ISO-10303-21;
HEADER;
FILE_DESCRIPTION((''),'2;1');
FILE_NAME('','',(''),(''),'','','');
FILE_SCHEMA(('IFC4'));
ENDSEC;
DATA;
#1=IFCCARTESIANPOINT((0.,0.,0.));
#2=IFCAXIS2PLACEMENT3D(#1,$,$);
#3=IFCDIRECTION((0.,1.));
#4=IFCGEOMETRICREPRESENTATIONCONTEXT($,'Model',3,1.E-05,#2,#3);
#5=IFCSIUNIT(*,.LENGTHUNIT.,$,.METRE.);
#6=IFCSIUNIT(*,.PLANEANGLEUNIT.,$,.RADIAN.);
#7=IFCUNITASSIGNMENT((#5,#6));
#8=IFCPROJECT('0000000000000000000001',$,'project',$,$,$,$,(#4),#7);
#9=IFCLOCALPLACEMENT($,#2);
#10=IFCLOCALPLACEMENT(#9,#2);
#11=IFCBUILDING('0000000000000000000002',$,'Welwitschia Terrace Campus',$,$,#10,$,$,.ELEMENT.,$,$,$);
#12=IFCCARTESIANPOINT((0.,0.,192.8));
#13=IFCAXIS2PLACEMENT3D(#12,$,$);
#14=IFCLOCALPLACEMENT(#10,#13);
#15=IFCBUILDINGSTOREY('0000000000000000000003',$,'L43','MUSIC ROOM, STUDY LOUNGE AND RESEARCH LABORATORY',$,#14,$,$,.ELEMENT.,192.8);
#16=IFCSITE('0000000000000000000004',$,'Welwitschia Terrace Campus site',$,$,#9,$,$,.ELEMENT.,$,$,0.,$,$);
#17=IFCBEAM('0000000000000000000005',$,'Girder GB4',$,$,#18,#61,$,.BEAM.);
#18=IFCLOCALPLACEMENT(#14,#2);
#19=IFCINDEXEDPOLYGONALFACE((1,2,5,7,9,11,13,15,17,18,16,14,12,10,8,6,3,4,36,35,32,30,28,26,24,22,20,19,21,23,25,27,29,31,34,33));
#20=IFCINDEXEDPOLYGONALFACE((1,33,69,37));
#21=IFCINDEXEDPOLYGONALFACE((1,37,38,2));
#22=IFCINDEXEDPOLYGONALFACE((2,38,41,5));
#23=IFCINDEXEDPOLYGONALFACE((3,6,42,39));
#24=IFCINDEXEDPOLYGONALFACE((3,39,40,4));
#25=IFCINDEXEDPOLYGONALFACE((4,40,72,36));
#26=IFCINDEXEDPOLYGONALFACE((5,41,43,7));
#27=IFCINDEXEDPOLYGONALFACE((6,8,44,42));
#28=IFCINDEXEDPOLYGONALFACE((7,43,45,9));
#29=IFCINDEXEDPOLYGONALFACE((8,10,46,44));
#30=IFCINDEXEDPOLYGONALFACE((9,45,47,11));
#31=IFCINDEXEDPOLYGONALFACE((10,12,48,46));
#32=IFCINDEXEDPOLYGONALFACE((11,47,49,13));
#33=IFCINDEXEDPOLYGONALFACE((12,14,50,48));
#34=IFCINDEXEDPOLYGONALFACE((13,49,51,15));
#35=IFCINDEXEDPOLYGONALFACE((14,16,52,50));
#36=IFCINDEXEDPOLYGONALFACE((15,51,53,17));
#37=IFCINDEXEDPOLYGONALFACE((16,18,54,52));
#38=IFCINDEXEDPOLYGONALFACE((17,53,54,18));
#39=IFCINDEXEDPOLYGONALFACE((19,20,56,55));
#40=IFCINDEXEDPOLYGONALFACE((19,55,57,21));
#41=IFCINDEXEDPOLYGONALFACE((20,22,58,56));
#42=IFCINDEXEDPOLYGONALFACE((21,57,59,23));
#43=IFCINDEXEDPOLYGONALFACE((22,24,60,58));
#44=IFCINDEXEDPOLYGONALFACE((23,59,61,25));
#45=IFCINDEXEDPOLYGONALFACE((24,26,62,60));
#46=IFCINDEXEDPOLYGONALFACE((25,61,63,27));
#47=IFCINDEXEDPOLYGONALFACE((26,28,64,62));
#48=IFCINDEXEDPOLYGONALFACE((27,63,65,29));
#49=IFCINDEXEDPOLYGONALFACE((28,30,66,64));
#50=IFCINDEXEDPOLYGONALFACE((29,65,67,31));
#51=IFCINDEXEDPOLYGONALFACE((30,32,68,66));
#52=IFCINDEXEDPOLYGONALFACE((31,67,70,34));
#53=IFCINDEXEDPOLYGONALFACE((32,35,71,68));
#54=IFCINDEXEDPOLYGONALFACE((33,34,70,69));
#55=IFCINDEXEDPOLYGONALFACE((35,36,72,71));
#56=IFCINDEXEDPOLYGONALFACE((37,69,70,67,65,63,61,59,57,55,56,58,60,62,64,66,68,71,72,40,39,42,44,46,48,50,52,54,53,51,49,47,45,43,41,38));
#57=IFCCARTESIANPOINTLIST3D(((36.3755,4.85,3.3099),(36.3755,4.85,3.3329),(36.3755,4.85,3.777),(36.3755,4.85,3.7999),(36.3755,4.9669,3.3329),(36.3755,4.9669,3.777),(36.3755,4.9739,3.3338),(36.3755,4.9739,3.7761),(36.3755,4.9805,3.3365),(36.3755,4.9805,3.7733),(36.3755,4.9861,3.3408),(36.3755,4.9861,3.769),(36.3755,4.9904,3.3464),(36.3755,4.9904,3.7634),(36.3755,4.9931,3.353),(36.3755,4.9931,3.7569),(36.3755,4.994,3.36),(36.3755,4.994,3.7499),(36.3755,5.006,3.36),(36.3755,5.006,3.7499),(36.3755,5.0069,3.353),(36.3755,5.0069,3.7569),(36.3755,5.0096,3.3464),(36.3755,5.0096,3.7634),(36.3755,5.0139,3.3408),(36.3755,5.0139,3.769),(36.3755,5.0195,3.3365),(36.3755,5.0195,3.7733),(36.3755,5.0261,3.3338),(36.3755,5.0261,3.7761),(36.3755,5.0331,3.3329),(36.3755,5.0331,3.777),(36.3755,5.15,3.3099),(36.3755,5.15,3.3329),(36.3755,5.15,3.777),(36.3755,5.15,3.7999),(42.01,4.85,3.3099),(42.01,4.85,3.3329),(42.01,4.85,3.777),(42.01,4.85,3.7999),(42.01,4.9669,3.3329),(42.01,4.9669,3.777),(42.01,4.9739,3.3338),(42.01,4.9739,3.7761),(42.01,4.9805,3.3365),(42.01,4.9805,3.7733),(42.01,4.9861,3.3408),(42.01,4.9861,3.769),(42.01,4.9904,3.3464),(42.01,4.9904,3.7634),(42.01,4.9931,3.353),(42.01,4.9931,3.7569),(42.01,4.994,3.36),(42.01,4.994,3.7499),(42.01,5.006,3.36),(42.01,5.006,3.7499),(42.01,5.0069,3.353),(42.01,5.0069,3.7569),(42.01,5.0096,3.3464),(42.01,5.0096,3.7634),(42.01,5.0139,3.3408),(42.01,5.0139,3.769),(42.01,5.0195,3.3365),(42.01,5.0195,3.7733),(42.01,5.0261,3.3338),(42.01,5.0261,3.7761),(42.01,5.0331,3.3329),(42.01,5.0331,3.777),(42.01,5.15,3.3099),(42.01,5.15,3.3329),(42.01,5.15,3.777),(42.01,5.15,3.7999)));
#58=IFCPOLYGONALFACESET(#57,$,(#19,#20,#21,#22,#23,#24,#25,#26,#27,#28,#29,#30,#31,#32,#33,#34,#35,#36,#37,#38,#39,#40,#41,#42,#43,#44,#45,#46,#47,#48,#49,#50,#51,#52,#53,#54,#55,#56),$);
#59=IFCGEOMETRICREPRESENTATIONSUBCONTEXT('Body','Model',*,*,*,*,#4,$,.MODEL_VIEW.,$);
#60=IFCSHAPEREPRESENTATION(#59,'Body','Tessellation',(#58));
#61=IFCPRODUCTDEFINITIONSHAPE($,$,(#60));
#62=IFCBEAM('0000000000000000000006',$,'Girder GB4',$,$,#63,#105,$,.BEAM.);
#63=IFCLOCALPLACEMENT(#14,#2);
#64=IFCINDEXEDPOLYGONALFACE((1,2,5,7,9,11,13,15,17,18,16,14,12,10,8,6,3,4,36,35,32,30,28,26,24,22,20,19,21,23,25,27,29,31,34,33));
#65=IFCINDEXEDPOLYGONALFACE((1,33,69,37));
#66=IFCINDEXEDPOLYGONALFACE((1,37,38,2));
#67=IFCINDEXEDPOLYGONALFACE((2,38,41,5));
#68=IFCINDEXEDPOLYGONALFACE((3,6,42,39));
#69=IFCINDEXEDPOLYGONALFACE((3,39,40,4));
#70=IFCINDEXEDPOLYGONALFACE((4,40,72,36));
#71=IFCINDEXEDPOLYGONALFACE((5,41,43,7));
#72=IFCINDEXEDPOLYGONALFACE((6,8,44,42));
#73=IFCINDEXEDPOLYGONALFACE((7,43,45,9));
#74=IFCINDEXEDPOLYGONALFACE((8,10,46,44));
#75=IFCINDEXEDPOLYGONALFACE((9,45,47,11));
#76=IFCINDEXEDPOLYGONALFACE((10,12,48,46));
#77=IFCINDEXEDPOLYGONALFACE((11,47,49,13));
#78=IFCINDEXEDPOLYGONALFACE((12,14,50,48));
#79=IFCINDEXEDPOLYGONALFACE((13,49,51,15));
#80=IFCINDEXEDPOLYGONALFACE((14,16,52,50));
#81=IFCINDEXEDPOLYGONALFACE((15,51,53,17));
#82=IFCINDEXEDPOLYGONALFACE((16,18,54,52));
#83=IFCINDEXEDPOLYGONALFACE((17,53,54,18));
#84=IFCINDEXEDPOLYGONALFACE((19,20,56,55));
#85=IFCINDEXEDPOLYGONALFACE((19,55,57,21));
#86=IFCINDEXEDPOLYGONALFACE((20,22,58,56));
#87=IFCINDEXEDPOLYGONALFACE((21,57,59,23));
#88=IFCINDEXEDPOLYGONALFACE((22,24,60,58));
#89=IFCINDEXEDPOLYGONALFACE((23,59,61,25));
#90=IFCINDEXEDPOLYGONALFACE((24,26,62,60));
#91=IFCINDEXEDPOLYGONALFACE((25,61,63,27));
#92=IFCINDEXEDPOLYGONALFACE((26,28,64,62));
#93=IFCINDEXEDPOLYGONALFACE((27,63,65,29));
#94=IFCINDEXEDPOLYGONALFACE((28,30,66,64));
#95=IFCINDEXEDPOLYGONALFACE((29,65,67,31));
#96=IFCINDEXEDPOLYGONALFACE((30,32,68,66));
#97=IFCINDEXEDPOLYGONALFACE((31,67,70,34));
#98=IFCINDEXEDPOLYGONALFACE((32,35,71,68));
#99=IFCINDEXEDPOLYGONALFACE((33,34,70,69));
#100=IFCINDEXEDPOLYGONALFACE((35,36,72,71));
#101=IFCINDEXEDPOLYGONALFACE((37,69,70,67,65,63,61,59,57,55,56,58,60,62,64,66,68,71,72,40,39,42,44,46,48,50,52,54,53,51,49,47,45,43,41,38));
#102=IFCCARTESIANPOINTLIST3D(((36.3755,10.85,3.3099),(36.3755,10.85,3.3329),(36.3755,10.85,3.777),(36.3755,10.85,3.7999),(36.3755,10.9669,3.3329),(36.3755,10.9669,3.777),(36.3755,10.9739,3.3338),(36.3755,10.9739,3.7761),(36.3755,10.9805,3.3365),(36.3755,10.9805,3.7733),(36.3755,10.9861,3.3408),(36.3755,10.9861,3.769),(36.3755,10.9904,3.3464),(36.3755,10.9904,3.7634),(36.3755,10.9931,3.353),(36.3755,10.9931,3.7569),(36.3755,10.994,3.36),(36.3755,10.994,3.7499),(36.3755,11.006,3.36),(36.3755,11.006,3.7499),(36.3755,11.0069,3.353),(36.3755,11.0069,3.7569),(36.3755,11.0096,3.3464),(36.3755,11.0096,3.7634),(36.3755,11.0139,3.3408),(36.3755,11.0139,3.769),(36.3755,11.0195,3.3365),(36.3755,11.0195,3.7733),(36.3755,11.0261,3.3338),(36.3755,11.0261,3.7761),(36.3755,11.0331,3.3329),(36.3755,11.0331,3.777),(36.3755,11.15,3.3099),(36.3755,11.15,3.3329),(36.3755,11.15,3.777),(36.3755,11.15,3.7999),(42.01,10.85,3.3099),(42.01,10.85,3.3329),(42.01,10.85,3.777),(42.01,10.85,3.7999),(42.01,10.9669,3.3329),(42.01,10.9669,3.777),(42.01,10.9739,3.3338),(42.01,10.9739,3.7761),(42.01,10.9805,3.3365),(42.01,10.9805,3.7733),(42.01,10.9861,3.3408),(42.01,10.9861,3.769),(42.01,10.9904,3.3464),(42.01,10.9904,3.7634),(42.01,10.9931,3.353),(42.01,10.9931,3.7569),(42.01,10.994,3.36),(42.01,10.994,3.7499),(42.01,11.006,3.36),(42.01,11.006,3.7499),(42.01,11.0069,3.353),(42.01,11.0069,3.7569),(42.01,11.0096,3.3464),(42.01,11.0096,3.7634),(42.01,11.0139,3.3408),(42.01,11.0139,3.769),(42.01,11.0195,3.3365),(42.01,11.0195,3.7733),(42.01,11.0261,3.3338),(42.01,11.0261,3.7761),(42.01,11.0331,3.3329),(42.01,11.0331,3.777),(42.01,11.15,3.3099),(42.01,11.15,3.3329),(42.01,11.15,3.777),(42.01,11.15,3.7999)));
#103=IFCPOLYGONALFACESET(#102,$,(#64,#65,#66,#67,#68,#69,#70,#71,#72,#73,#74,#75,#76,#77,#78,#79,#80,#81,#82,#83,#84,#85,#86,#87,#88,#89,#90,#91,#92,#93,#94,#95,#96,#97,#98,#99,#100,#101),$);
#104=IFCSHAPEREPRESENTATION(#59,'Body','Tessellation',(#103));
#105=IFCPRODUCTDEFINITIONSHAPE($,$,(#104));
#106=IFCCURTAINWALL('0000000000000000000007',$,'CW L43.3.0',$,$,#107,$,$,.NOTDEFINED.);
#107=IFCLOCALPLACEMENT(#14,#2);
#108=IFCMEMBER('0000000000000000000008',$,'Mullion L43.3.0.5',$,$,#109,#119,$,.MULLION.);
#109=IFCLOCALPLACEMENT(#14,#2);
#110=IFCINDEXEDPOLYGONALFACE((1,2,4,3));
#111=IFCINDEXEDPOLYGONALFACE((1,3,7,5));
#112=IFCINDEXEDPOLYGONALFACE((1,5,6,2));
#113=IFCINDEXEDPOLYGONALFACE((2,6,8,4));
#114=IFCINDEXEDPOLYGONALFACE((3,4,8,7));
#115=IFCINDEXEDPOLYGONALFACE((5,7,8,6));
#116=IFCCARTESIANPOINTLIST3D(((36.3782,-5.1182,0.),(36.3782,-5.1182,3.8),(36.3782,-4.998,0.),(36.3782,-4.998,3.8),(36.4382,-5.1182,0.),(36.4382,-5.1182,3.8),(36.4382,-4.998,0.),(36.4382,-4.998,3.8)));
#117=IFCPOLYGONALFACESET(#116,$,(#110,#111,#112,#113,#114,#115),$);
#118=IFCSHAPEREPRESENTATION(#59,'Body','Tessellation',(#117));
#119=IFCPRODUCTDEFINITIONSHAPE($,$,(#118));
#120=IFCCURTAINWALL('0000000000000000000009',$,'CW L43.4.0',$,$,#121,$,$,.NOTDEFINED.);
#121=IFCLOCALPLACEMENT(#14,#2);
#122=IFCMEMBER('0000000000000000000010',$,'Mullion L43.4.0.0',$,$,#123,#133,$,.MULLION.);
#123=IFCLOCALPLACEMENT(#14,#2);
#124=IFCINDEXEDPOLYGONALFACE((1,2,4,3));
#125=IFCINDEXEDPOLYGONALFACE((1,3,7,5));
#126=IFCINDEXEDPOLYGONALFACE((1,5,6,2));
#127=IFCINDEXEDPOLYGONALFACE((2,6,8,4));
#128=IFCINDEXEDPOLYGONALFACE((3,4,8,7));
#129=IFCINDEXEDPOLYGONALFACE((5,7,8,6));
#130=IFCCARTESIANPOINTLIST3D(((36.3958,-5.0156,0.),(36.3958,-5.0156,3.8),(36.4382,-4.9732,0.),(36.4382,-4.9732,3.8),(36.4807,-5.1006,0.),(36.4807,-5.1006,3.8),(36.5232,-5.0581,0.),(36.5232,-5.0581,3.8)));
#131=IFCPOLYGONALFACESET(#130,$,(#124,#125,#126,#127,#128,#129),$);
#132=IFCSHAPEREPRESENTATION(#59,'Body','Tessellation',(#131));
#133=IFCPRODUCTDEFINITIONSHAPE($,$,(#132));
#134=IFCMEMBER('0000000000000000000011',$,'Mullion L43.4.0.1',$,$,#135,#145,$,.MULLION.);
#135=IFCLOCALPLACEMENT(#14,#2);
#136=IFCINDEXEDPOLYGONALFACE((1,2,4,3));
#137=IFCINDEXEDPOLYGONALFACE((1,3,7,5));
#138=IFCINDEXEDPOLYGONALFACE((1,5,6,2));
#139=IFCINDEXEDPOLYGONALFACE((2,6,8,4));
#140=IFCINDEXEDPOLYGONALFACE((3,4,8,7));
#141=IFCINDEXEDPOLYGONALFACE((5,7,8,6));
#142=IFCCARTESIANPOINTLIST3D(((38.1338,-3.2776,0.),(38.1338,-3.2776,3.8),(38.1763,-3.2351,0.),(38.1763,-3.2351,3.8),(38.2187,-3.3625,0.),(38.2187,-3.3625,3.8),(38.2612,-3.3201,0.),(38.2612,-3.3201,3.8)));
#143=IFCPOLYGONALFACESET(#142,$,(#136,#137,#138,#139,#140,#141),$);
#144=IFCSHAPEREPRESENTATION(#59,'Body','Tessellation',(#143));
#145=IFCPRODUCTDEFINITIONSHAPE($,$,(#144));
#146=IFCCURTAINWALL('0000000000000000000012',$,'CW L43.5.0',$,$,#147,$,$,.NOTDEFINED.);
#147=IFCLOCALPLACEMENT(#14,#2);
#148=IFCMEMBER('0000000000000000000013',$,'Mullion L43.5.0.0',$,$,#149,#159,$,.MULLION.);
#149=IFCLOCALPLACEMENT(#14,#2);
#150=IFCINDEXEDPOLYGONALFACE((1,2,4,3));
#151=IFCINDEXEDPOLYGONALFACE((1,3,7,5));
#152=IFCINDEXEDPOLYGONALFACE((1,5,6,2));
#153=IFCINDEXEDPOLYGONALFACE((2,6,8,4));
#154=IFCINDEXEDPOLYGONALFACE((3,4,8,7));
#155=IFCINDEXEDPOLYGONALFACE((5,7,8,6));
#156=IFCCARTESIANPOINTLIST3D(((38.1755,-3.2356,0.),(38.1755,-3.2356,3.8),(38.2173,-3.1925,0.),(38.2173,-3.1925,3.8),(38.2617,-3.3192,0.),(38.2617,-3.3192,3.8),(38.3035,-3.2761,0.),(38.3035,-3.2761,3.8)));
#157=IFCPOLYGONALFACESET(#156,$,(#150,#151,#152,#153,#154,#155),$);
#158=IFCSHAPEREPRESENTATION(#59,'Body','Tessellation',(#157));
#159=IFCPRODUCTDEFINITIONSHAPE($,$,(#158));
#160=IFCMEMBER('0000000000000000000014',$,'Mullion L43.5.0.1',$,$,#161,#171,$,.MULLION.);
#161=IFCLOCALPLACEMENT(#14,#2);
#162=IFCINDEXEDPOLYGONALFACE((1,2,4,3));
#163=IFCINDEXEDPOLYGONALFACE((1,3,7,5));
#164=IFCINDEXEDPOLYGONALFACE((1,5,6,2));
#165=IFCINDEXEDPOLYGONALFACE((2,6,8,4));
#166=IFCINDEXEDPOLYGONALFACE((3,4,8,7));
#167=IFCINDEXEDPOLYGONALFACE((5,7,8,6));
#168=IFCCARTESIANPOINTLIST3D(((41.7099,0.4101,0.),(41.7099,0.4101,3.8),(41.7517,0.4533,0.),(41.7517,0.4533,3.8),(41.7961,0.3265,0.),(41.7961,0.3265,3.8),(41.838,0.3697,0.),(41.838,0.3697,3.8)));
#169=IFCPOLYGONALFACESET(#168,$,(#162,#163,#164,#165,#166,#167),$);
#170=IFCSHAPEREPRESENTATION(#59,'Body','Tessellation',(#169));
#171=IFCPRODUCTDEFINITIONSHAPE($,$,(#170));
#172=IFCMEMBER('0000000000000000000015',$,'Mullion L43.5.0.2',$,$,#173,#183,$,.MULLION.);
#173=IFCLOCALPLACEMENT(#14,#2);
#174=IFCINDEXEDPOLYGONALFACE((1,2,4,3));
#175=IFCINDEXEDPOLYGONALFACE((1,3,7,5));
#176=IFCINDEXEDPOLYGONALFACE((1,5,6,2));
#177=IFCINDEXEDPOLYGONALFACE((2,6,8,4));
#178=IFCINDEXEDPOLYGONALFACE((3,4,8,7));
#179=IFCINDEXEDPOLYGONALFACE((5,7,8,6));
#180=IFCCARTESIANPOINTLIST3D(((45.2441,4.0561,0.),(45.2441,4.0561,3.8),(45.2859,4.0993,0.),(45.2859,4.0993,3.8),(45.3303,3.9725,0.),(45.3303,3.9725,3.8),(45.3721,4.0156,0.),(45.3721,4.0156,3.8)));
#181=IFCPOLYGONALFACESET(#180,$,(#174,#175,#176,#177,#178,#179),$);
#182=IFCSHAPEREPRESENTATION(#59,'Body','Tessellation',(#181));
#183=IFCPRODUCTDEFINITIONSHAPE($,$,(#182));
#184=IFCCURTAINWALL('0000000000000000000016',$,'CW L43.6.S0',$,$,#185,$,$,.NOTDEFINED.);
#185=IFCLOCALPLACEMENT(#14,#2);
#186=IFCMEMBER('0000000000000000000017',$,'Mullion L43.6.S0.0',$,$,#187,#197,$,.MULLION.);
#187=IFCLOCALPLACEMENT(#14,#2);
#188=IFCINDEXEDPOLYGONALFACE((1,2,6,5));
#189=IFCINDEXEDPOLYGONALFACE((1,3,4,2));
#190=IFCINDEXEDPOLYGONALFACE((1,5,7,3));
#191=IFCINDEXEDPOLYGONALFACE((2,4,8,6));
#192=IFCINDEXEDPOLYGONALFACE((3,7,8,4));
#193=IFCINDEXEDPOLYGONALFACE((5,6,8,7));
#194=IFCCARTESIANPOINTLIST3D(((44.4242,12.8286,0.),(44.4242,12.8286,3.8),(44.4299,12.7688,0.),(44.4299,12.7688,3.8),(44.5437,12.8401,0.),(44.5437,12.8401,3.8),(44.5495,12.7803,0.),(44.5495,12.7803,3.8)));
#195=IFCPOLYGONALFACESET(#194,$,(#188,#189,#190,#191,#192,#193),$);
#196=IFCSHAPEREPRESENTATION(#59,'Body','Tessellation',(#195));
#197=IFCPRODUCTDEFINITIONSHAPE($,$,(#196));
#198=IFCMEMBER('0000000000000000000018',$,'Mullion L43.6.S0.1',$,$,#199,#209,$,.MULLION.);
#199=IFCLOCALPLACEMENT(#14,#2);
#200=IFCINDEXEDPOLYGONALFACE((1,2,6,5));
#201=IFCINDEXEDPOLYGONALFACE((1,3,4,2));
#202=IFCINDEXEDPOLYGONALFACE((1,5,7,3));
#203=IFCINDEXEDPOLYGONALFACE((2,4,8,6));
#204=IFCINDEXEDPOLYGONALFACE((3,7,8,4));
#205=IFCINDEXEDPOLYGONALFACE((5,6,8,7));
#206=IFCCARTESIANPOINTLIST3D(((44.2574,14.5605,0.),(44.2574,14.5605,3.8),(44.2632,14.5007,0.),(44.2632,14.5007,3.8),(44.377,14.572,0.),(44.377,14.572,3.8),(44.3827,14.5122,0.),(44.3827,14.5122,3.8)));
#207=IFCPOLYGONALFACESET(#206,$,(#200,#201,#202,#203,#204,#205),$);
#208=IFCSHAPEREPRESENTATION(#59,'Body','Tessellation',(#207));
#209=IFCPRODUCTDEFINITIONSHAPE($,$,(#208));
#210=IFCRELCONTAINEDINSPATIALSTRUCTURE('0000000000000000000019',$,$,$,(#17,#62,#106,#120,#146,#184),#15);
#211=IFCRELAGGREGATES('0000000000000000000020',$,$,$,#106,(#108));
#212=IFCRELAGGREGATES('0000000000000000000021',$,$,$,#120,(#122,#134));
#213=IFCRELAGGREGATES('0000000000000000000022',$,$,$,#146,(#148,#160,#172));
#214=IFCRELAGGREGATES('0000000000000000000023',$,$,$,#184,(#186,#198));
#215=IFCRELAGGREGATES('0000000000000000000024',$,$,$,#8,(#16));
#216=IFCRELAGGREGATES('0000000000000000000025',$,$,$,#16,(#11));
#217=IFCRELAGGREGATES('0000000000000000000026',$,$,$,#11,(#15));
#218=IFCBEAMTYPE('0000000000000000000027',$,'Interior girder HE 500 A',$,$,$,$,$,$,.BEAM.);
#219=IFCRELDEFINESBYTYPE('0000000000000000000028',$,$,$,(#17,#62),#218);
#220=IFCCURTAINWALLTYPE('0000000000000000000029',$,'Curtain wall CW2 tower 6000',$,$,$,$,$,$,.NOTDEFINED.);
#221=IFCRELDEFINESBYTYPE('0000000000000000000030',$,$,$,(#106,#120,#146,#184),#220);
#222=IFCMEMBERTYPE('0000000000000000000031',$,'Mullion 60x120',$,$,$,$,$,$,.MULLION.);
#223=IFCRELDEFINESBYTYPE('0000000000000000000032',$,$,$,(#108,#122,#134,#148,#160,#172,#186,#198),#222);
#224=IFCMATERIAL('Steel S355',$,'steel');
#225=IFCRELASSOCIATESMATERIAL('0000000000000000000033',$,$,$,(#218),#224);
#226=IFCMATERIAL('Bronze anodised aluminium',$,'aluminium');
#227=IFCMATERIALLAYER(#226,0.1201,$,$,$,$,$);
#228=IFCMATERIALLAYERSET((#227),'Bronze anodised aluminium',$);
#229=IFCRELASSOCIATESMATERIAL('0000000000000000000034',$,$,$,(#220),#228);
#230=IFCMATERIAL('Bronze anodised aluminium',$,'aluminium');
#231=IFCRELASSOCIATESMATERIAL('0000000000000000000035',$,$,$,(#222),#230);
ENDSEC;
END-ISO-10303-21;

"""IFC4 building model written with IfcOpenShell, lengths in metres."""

from ifc_helpers import new_model, si_unit, direction, frame, origin, origin_2d, place, context, subcontext, project, spatial, rectangle, i_section, extrude, material, layer, layer_set, material_profile, profile_set, type_object, element, aggregate, save


model = new_model("IFC4")

# Units and contexts
model_context = context("Model", 3, precision=1e-05, world=origin(), true_north=direction((0.0, 1.0)))
body_context = subcontext(model_context, "Body", "Model", "MODEL_VIEW")
ifc_project = project(units=[si_unit("LENGTHUNIT", "METRE"), si_unit("PLANEANGLEUNIT", "RADIAN")], contexts=[model_context])

# Site, building, storey
site_placement = place(None, origin())
site = spatial("IfcSite", under=ifc_project, at=site_placement, Name="Welwitschia Terrace Campus site", CompositionType="ELEMENT", RefElevation=0.0)
building_placement = place(site_placement, origin())
building = spatial("IfcBuilding", under=site, at=building_placement, Name="Welwitschia Terrace Campus", CompositionType="ELEMENT")
storey_placement = place(building_placement, frame((0.0, 0.0, 192.8)))
storey = spatial("IfcBuildingStorey", under=building, at=storey_placement, Name="L43", Description="MUSIC ROOM, STUDY LOUNGE AND RESEARCH LABORATORY", CompositionType="ELEMENT", Elevation=192.8)

# Beams
ifc_material_1 = material(Name="Steel S355", Category="steel")
ifc_material_profile_1 = material_profile(ifc_material_1, i_section(OverallWidth=0.3, OverallDepth=0.49, WebThickness=0.012, FlangeThickness=0.0229, FilletRadius=0.0271, at=origin_2d()))
ifc_profile_set_1 = profile_set([ifc_material_profile_1], Name="Steel S355")
beam_type_1 = type_object("IfcBeamType", Name="Interior girder HE 500 A", PredefinedType="BEAM", material=ifc_profile_set_1)
for number, where, z_axis, x_axis, name in (
    (1, (36.3755, 5.0, 3.5549), (1.0, 0.0, 0.0), (0.0, 1.0, 0.0), "Girder GB4"),
    (2, (36.3755, 11.0, 3.5549), (1.0, 0.0, 0.0), (0.0, 1.0, 0.0), "Girder GB4"),
):
    element("IfcBeam", number, at=place(storey_placement, frame(where, z_axis=z_axis, x_axis=x_axis)), inside=storey, type_object=beam_type_1, Name=name, PredefinedType="BEAM", context=body_context, shape_type="SweptSolid", body=[
        extrude(i_section(OverallWidth=0.3, OverallDepth=0.49, WebThickness=0.012, FlangeThickness=0.0229, FilletRadius=0.0271, at=origin_2d()), origin(), (0.0, 0.0, 1.0), 5.6345),
    ])

# Curtain wall, member
ifc_material_2 = material(Name="Bronze anodised aluminium", Category="aluminium")
ifc_layer_1 = layer(ifc_material_2, 0.1201)
ifc_layer_set_1 = layer_set([ifc_layer_1], Name="Bronze anodised aluminium")
curtain_wall_type = type_object("IfcCurtainWallType", Name="Curtain wall CW2 tower 6000", PredefinedType="NOTDEFINED", material=ifc_layer_set_1)
curtain_wall_1_placement = place(storey_placement, origin())
curtain_wall_1 = element("IfcCurtainWall", 3, at=curtain_wall_1_placement, inside=storey, type_object=curtain_wall_type, Name="CW L43.3.0", PredefinedType="NOTDEFINED")
ifc_material_3 = material(Name="Bronze anodised aluminium", Category="aluminium")
ifc_material_profile_2 = material_profile(ifc_material_3, rectangle(XDim=0.1201, YDim=0.0601, at=origin_2d()))
ifc_profile_set_2 = profile_set([ifc_material_profile_2], Name="Bronze anodised aluminium")
member_type_1 = type_object("IfcMemberType", Name="Mullion 60x120", PredefinedType="MULLION", material=ifc_profile_set_2)
member_1_placement = place(storey_placement, frame((36.4082, -5.0581, 0.0), z_axis=(0.0, 0.0, 1.0), x_axis=(0.0, 1.0, 0.0)))
member_1 = element("IfcMember", 4, at=member_1_placement, type_object=member_type_1, Name="Mullion L43.3.0.5", PredefinedType="MULLION", context=body_context, shape_type="SweptSolid", body=[
    extrude(rectangle(XDim=0.1201, YDim=0.0601, at=origin_2d()), origin(), (0.0, 0.0, 1.0), 3.8),
])
aggregate(curtain_wall_1, [member_1])

# Curtain walls, members
curtain_wall_2_placement = place(storey_placement, origin())
curtain_wall_2 = element("IfcCurtainWall", 5, at=curtain_wall_2_placement, inside=storey, type_object=curtain_wall_type, Name="CW L43.4.0", PredefinedType="NOTDEFINED")
member_2_placement = place(storey_placement, frame((36.4595, -5.0369, 0.0), z_axis=(0.0, 0.0, 1.0), x_axis=(-0.707107, 0.707107, 0.0)))
member_2 = element("IfcMember", 6, at=member_2_placement, type_object=member_type_1, Name="Mullion L43.4.0.0", PredefinedType="MULLION", context=body_context, shape_type="SweptSolid", body=[
    extrude(rectangle(XDim=0.1201, YDim=0.0601, at=origin_2d()), origin(), (0.0, 0.0, 1.0), 3.8),
])
member_3_placement = place(storey_placement, frame((38.1975, -3.2988, 0.0), z_axis=(0.0, 0.0, 1.0), x_axis=(-0.707107, 0.707107, 0.0)))
member_3 = element("IfcMember", 7, at=member_3_placement, type_object=member_type_1, Name="Mullion L43.4.0.1", PredefinedType="MULLION", context=body_context, shape_type="SweptSolid", body=[
    extrude(rectangle(XDim=0.1201, YDim=0.0601, at=origin_2d()), origin(), (0.0, 0.0, 1.0), 3.8),
])
curtain_wall_3_placement = place(storey_placement, origin())
curtain_wall_3 = element("IfcCurtainWall", 8, at=curtain_wall_3_placement, inside=storey, type_object=curtain_wall_type, Name="CW L43.5.0", PredefinedType="NOTDEFINED")
member_4_placement = place(storey_placement, frame((38.2395, -3.2559, 0.0), z_axis=(0.0, 0.0, 1.0), x_axis=(-0.718023, 0.696019, 0.0)))
member_4 = element("IfcMember", 9, at=member_4_placement, type_object=member_type_1, Name="Mullion L43.5.0.0", PredefinedType="MULLION", context=body_context, shape_type="SweptSolid", body=[
    extrude(rectangle(XDim=0.1201, YDim=0.0601, at=origin_2d()), origin(), (0.0, 0.0, 1.0), 3.8),
])
member_5_placement = place(storey_placement, frame((41.7739, 0.3899, 0.0), z_axis=(0.0, 0.0, 1.0), x_axis=(-0.718023, 0.696019, 0.0)))
member_5 = element("IfcMember", 10, at=member_5_placement, type_object=member_type_1, Name="Mullion L43.5.0.1", PredefinedType="MULLION", context=body_context, shape_type="SweptSolid", body=[
    extrude(rectangle(XDim=0.1201, YDim=0.0601, at=origin_2d()), origin(), (0.0, 0.0, 1.0), 3.8),
])
member_6_placement = place(storey_placement, frame((45.3081, 4.0359, 0.0), z_axis=(0.0, 0.0, 1.0), x_axis=(-0.718023, 0.696019, 0.0)))
member_6 = element("IfcMember", 11, at=member_6_placement, type_object=member_type_1, Name="Mullion L43.5.0.2", PredefinedType="MULLION", context=body_context, shape_type="SweptSolid", body=[
    extrude(rectangle(XDim=0.1201, YDim=0.0601, at=origin_2d()), origin(), (0.0, 0.0, 1.0), 3.8),
])
curtain_wall_4_placement = place(storey_placement, origin())
curtain_wall_4 = element("IfcCurtainWall", 12, at=curtain_wall_4_placement, inside=storey, type_object=curtain_wall_type, Name="CW L43.6.S0", PredefinedType="NOTDEFINED")
member_7_placement = place(storey_placement, frame((44.4868, 12.8044, 0.0), z_axis=(0.0, 0.0, 1.0), x_axis=(-0.995396, -0.095846, 0.0)))
member_7 = element("IfcMember", 13, at=member_7_placement, type_object=member_type_1, Name="Mullion L43.6.S0.0", PredefinedType="MULLION", context=body_context, shape_type="SweptSolid", body=[
    extrude(rectangle(XDim=0.1201, YDim=0.0601, at=origin_2d()), origin(), (0.0, 0.0, 1.0), 3.8),
])
member_8_placement = place(storey_placement, frame((44.3201, 14.5364, 0.0), z_axis=(0.0, 0.0, 1.0), x_axis=(-0.995396, -0.095846, 0.0)))
member_8 = element("IfcMember", 14, at=member_8_placement, type_object=member_type_1, Name="Mullion L43.6.S0.1", PredefinedType="MULLION", context=body_context, shape_type="SweptSolid", body=[
    extrude(rectangle(XDim=0.1201, YDim=0.0601, at=origin_2d()), origin(), (0.0, 0.0, 1.0), 3.8),
])

aggregate(curtain_wall_2, [member_2, member_3])
aggregate(curtain_wall_3, [member_4, member_5, member_6])
aggregate(curtain_wall_4, [member_7, member_8])

save(model, "model.ifc")
